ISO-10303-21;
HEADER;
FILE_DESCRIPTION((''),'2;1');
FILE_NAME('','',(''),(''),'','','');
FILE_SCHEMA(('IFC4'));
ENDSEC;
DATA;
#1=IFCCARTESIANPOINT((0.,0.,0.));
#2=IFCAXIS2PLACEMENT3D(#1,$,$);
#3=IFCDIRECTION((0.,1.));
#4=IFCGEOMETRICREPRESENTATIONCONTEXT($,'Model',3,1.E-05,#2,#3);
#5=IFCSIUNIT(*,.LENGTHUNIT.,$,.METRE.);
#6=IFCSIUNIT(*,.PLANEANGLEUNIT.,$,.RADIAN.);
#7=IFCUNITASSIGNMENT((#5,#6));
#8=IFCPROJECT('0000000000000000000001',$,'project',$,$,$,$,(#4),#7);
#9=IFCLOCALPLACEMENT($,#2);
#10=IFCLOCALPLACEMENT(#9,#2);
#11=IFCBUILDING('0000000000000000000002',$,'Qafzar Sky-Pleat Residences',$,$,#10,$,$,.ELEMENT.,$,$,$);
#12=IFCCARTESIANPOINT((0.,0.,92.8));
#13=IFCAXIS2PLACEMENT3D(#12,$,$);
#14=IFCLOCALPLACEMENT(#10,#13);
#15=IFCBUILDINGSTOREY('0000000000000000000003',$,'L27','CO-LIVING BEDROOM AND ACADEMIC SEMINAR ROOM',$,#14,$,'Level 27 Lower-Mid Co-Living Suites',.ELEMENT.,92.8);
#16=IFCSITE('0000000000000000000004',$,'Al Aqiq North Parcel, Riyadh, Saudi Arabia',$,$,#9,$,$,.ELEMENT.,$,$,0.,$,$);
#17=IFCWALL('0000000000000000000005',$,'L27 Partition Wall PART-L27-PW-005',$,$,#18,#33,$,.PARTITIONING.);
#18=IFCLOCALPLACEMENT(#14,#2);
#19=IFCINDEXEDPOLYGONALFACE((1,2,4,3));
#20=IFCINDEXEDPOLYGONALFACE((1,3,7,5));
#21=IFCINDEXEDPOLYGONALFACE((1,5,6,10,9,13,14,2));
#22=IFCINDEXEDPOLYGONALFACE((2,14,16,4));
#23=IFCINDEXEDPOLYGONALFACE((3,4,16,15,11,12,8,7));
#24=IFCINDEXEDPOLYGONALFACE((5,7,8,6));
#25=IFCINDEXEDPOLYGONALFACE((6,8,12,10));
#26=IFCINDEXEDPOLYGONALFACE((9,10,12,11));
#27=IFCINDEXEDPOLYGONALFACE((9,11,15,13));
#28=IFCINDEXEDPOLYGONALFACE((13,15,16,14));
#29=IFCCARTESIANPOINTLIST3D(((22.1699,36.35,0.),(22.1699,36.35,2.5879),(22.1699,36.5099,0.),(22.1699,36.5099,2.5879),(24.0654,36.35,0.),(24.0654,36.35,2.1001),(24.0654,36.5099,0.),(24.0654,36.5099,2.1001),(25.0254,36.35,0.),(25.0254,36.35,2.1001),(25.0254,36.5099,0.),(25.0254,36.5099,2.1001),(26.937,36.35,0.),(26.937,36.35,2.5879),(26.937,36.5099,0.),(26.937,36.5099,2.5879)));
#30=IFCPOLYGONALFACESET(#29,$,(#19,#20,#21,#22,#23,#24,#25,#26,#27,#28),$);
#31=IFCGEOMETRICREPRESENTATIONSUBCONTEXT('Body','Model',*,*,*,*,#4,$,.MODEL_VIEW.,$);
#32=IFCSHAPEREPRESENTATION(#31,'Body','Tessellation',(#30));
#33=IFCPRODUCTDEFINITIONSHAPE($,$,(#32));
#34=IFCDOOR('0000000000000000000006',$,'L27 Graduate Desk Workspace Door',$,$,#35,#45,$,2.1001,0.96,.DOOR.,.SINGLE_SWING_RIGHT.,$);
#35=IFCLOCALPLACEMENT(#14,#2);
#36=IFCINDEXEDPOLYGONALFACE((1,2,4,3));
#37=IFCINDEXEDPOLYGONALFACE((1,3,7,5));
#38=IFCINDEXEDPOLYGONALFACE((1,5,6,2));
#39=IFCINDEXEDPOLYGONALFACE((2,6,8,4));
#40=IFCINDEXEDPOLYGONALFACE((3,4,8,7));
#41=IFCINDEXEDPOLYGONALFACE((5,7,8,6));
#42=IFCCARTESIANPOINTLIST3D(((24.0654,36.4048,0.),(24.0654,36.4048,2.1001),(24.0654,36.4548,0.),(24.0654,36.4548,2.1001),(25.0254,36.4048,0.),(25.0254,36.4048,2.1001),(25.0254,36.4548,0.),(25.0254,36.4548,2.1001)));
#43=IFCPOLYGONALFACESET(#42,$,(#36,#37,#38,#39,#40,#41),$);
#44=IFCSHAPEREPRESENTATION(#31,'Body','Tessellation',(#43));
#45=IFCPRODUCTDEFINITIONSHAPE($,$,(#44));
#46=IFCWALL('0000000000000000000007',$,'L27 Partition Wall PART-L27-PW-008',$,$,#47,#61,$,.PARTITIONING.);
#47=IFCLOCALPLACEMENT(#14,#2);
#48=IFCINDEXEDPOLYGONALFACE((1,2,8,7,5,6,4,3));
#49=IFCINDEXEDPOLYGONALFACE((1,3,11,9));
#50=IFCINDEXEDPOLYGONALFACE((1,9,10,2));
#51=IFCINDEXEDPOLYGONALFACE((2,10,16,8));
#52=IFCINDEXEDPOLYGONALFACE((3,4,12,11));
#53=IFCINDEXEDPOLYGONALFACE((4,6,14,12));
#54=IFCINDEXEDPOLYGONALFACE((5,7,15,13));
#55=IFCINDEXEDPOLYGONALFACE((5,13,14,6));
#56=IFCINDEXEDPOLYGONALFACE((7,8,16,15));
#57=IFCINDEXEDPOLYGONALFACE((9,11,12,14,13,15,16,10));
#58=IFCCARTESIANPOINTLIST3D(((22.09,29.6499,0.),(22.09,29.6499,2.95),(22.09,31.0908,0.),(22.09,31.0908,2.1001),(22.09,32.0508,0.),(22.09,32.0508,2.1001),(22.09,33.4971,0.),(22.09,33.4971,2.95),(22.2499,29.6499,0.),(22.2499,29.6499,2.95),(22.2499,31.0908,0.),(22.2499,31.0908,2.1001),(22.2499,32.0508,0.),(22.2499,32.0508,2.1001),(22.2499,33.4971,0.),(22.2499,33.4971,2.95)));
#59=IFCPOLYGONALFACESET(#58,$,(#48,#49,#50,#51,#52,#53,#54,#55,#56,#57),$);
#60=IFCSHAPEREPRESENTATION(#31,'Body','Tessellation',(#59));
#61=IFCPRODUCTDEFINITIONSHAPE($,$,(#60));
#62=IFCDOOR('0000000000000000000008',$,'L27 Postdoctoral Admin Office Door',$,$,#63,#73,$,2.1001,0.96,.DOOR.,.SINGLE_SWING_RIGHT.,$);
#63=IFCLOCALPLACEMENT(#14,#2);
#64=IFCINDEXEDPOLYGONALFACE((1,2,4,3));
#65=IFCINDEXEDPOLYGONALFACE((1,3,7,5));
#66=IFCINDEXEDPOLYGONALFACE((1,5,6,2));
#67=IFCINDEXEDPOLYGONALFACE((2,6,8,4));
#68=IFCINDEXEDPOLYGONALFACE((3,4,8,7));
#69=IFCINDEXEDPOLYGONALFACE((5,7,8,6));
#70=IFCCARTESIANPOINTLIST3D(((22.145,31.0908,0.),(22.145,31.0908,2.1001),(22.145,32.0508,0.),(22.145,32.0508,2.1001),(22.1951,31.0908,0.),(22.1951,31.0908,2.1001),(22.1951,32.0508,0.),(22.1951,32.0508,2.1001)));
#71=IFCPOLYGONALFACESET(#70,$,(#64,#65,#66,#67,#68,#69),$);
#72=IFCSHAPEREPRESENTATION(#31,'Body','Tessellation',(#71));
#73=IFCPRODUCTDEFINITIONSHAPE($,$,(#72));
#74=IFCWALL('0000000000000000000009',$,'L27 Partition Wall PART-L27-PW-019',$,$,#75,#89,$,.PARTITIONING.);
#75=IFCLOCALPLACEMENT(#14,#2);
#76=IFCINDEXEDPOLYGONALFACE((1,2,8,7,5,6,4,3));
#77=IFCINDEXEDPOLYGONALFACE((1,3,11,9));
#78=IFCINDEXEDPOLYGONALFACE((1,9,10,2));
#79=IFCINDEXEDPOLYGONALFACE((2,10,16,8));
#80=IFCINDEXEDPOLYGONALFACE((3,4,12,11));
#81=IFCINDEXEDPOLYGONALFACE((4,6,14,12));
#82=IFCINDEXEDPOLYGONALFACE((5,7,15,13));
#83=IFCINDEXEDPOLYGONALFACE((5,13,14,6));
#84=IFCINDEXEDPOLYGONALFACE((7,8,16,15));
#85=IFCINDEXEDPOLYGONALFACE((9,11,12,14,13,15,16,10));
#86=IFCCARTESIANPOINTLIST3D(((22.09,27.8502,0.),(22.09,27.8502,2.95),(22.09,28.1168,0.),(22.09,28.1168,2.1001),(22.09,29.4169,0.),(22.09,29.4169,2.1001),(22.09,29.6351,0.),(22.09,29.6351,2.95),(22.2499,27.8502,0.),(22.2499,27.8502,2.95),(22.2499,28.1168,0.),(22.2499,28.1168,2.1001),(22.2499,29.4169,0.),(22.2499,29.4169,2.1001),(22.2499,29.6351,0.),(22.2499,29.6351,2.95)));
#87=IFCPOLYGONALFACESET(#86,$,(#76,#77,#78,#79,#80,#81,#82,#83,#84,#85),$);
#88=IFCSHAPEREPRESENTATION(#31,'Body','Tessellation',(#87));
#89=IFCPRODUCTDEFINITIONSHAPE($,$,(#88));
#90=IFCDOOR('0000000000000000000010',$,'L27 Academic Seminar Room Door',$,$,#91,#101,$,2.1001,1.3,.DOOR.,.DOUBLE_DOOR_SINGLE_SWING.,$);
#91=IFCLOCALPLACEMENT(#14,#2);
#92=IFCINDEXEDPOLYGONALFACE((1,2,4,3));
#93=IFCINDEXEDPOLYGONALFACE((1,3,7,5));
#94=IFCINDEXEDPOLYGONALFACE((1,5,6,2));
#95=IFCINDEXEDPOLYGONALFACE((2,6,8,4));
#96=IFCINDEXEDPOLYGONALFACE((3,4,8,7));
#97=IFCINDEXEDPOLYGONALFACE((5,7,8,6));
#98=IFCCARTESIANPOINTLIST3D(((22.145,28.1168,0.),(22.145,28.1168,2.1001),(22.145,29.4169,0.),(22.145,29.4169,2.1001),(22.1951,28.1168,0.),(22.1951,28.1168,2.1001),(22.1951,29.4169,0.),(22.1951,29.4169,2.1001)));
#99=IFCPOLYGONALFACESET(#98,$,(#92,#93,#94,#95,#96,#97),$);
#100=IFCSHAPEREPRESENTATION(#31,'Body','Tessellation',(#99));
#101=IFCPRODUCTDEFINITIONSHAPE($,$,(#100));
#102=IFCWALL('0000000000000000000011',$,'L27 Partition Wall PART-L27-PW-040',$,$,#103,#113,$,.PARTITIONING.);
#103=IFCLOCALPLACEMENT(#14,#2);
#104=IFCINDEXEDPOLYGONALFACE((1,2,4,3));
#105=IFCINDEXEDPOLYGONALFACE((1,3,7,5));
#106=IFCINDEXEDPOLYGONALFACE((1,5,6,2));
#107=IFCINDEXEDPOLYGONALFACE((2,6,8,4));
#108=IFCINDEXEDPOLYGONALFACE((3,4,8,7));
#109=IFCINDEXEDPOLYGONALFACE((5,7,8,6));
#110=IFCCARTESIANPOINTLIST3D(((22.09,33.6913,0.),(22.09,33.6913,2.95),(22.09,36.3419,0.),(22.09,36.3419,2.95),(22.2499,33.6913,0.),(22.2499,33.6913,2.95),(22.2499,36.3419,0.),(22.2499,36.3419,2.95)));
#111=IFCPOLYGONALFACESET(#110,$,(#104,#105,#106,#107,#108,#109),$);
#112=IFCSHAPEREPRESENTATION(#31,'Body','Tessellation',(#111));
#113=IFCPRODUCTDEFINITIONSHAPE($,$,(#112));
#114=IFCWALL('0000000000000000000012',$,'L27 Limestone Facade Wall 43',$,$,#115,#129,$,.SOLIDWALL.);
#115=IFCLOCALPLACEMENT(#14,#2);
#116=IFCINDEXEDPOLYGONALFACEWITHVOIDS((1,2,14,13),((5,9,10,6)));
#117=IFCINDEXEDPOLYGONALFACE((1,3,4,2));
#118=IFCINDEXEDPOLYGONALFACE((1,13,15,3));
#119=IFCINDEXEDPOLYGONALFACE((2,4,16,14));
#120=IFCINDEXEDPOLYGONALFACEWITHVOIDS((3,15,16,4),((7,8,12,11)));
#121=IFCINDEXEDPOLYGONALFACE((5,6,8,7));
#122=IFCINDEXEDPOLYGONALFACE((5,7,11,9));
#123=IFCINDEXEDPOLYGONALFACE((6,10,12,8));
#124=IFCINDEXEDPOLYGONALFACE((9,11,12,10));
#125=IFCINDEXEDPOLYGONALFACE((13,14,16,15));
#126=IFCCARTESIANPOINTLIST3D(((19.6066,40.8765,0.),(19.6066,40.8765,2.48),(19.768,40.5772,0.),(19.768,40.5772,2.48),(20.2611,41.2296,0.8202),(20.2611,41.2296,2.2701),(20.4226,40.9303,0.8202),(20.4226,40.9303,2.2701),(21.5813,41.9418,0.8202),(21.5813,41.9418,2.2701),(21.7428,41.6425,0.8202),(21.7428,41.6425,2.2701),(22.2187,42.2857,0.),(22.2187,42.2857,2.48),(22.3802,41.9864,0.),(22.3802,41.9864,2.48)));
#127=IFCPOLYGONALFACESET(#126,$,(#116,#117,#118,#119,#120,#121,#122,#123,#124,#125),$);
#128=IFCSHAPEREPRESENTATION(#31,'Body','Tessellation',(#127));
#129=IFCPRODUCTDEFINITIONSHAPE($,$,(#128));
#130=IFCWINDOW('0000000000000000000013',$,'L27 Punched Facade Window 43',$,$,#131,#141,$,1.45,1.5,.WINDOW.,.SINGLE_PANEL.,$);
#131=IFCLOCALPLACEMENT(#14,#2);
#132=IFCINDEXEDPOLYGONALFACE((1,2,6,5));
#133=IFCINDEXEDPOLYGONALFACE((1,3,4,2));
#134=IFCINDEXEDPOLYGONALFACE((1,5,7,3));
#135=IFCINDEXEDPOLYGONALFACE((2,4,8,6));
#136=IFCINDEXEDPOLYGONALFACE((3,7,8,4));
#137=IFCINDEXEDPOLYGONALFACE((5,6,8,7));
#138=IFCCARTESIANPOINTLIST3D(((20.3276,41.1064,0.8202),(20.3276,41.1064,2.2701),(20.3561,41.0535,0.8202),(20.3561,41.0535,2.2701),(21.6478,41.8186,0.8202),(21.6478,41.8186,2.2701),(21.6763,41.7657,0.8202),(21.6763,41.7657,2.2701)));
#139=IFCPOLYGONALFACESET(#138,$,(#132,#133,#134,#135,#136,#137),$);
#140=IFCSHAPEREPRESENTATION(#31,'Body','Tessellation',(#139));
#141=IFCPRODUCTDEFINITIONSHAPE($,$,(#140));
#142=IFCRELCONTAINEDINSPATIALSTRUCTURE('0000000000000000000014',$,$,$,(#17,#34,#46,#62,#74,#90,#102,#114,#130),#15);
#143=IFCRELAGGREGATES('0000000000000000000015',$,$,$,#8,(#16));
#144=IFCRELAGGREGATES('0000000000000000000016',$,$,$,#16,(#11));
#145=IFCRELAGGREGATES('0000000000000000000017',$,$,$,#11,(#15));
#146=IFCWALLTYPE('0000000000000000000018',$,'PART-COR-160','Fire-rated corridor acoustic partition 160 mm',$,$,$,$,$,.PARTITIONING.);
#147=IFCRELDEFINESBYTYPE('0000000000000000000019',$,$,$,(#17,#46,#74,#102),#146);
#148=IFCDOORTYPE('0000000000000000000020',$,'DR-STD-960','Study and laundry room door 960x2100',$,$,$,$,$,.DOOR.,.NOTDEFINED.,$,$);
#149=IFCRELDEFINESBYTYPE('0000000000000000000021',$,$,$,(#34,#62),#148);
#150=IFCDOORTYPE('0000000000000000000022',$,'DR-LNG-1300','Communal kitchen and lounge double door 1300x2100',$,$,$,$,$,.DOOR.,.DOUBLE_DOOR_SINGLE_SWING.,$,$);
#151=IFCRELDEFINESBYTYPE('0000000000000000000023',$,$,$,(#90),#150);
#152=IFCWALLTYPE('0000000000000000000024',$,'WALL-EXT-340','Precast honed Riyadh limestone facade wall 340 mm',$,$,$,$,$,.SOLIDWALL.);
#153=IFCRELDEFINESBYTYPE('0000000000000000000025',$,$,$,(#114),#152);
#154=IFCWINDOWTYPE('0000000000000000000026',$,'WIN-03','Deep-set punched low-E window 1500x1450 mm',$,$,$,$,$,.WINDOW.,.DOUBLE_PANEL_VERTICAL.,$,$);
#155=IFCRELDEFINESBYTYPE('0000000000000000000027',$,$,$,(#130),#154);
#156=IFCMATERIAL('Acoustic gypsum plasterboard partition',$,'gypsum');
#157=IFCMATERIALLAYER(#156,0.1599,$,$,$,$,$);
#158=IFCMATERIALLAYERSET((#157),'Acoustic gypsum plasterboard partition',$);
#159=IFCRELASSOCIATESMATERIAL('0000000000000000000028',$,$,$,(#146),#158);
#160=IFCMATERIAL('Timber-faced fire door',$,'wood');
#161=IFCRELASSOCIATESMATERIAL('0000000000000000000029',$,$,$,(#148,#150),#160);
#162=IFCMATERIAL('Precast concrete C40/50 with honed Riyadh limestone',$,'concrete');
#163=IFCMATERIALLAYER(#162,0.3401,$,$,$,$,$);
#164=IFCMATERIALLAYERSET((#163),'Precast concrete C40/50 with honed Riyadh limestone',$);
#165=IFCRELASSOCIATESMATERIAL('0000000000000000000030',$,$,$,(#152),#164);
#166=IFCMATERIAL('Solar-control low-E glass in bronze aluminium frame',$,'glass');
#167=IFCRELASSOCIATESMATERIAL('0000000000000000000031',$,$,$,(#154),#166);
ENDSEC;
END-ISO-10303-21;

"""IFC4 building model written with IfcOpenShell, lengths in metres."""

from ifc_helpers import new_model, si_unit, direction, frame, frame_2d, origin, place, context, subcontext, project, spatial, rectangle, extrude, source, transform, mapped, material, layer, layer_set, type_object, element, fill, save


model = new_model("IFC4")

# Units and contexts
model_context = context("Model", 3, precision=1e-05, world=origin(), true_north=direction((0.0, 1.0)))
body_context = subcontext(model_context, "Body", "Model", "MODEL_VIEW")
ifc_project = project(units=[si_unit("LENGTHUNIT", "METRE"), si_unit("PLANEANGLEUNIT", "RADIAN")], contexts=[model_context])

# Site, building, storey
site_placement = place(None, origin())
site = spatial("IfcSite", under=ifc_project, at=site_placement, Name="Al Aqiq North Parcel, Riyadh, Saudi Arabia", CompositionType="ELEMENT", RefElevation=0.0)
building_placement = place(site_placement, origin())
building = spatial("IfcBuilding", under=site, at=building_placement, Name="Qafzar Sky-Pleat Residences", CompositionType="ELEMENT")
storey_placement = place(building_placement, frame((0.0, 0.0, 92.8)))
storey = spatial("IfcBuildingStorey", under=building, at=storey_placement, Name="L27", Description="CO-LIVING BEDROOM AND ACADEMIC SEMINAR ROOM", LongName="Level 27 Lower-Mid Co-Living Suites", CompositionType="ELEMENT", Elevation=92.8)

# Walls, openings, doors
ifc_material_1 = material(Name="Acoustic gypsum plasterboard partition", Category="gypsum")
ifc_layer_1 = layer(ifc_material_1, 0.1599)
ifc_layer_set_1 = layer_set([ifc_layer_1], Name="Acoustic gypsum plasterboard partition")
wall_type_1 = type_object("IfcWallType", Name="PART-COR-160", Description="Fire-rated corridor acoustic partition 160 mm", PredefinedType="PARTITIONING", material=ifc_layer_set_1)
wall_1_placement = place(storey_placement, frame((22.1699, 36.4299, 0.0), z_axis=(0.0, 0.0, 1.0), x_axis=(1.0, 0.0, 0.0)))
wall_1 = element("IfcWall", 1, at=wall_1_placement, inside=storey, type_object=wall_type_1, Name="L27 Partition Wall PART-L27-PW-005", PredefinedType="PARTITIONING", context=body_context, shape_type="SweptSolid", body=[
    extrude(rectangle(XDim=4.7671, YDim=0.1599, at=frame_2d((2.3835, 0.0))), origin(), (0.0, 0.0, 1.0), 2.5879),
])
opening_1_placement = place(wall_1_placement, frame((1.8955, 0.0, 0.0)))
opening_1 = element("IfcOpeningElement", 2, at=opening_1_placement, cuts=wall_1, PredefinedType="OPENING", context=body_context, shape_type="SweptSolid", body=[
    extrude(rectangle(XDim=0.96, YDim=2.1001, at=frame_2d((0.48, 1.05))), frame((0.0, 0.0898, 0.0), z_axis=(0.0, -1.0, 0.0), x_axis=(1.0, 0.0, 0.0)), (0.0, 0.0, 1.0), 0.1799),
])
ifc_material_2 = material(Name="Timber-faced fire door", Category="wood")
door_type_1 = type_object("IfcDoorType", Name="DR-STD-960", Description="Study and laundry room door 960x2100", OperationType="NOTDEFINED", PredefinedType="DOOR", material=ifc_material_2)
shared_shape_1 = source(origin(), body_context, "Body", "SweptSolid", [
    extrude(rectangle(XDim=0.96, YDim=2.1001, at=frame_2d((0.48, 1.05))), frame((0.0, 0.0249, 0.0), z_axis=(0.0, -1.0, 0.0), x_axis=(1.0, 0.0, 0.0)), (0.0, 0.0, 1.0), 0.05),
])
door_1_placement = place(opening_1_placement, origin())
door_1 = element("IfcDoor", 3, at=door_1_placement, inside=storey, type_object=door_type_1, Name="L27 Graduate Desk Workspace Door", OperationType="SINGLE_SWING_RIGHT", OverallHeight=2.1001, OverallWidth=0.96, PredefinedType="DOOR", context=body_context, shape_type="MappedRepresentation", body=[
    mapped(shared_shape_1, transform((0.0, 0.0, 0.0), x_axis=(1.0, 0.0, 0.0), y_axis=(0.0, 1.0, 0.0), z_axis=(0.0, 0.0, 1.0), scale=1.0)),
])
fill(opening_1, door_1)
wall_2_placement = place(storey_placement, frame((22.1699, 29.6499, 0.0), z_axis=(0.0, 0.0, 1.0), x_axis=(0.0, 1.0, 0.0)))
wall_2 = element("IfcWall", 4, at=wall_2_placement, inside=storey, type_object=wall_type_1, Name="L27 Partition Wall PART-L27-PW-008", PredefinedType="PARTITIONING", context=body_context, shape_type="SweptSolid", body=[
    extrude(rectangle(XDim=3.8472, YDim=0.1599, at=frame_2d((1.9236, 0.0))), origin(), (0.0, 0.0, 1.0), 2.95),
])
opening_2_placement = place(wall_2_placement, frame((1.4409, 0.0, 0.0)))
opening_2 = element("IfcOpeningElement", 5, at=opening_2_placement, cuts=wall_2, PredefinedType="OPENING", context=body_context, shape_type="SweptSolid", body=[
    extrude(rectangle(XDim=0.96, YDim=2.1001, at=frame_2d((0.48, 1.05))), frame((0.0, 0.0898, 0.0), z_axis=(0.0, -1.0, 0.0), x_axis=(1.0, 0.0, 0.0)), (0.0, 0.0, 1.0), 0.1799),
])
door_2_placement = place(opening_2_placement, origin())
door_2 = element("IfcDoor", 6, at=door_2_placement, inside=storey, type_object=door_type_1, Name="L27 Postdoctoral Admin Office Door", OperationType="SINGLE_SWING_RIGHT", OverallHeight=2.1001, OverallWidth=0.96, PredefinedType="DOOR", context=body_context, shape_type="MappedRepresentation", body=[
    mapped(shared_shape_1, transform((0.0, 0.0, 0.0), x_axis=(1.0, 0.0, 0.0), y_axis=(0.0, 1.0, 0.0), z_axis=(0.0, 0.0, 1.0), scale=1.0)),
])
fill(opening_2, door_2)
wall_3_placement = place(storey_placement, frame((22.1699, 27.8501, 0.0), z_axis=(0.0, 0.0, 1.0), x_axis=(0.0, 1.0, 0.0)))
wall_3 = element("IfcWall", 7, at=wall_3_placement, inside=storey, type_object=wall_type_1, Name="L27 Partition Wall PART-L27-PW-019", PredefinedType="PARTITIONING", context=body_context, shape_type="SweptSolid", body=[
    extrude(rectangle(XDim=1.7849, YDim=0.1599, at=frame_2d((0.8926, 0.0))), origin(), (0.0, 0.0, 1.0), 2.95),
])
opening_3_placement = place(wall_3_placement, frame((0.2668, 0.0, 0.0)))
opening_3 = element("IfcOpeningElement", 8, at=opening_3_placement, cuts=wall_3, PredefinedType="OPENING", context=body_context, shape_type="SweptSolid", body=[
    extrude(rectangle(XDim=1.3, YDim=2.1001, at=frame_2d((0.6499, 1.05))), frame((0.0, 0.0898, 0.0), z_axis=(0.0, -1.0, 0.0), x_axis=(1.0, 0.0, 0.0)), (0.0, 0.0, 1.0), 0.1799),
])
door_type_2 = type_object("IfcDoorType", Name="DR-LNG-1300", Description="Communal kitchen and lounge double door 1300x2100", OperationType="DOUBLE_DOOR_SINGLE_SWING", PredefinedType="DOOR", material=ifc_material_2)
shared_shape_2 = source(origin(), body_context, "Body", "SweptSolid", [
    extrude(rectangle(XDim=1.3, YDim=2.1001, at=frame_2d((0.6499, 1.05))), frame((0.0, 0.0249, 0.0), z_axis=(0.0, -1.0, 0.0), x_axis=(1.0, 0.0, 0.0)), (0.0, 0.0, 1.0), 0.05),
])
door_3_placement = place(opening_3_placement, origin())
door_3 = element("IfcDoor", 9, at=door_3_placement, inside=storey, type_object=door_type_2, Name="L27 Academic Seminar Room Door", OperationType="DOUBLE_DOOR_SINGLE_SWING", OverallHeight=2.1001, OverallWidth=1.3, PredefinedType="DOOR", context=body_context, shape_type="MappedRepresentation", body=[
    mapped(shared_shape_2, transform((0.0, 0.0, 0.0), x_axis=(1.0, 0.0, 0.0), y_axis=(0.0, 1.0, 0.0), z_axis=(0.0, 0.0, 1.0), scale=1.0)),
])
fill(opening_3, door_3)

# Wall
wall_4_placement = place(storey_placement, frame((22.1699, 33.6914, 0.0), z_axis=(0.0, 0.0, 1.0), x_axis=(0.0, 1.0, 0.0)))
element("IfcWall", 10, at=wall_4_placement, inside=storey, type_object=wall_type_1, Name="L27 Partition Wall PART-L27-PW-040", PredefinedType="PARTITIONING", context=body_context, shape_type="SweptSolid", body=[
    extrude(rectangle(XDim=2.6506, YDim=0.1599, at=frame_2d((1.3252, 0.0))), origin(), (0.0, 0.0, 1.0), 2.95),
])

# Wall, opening, window
ifc_material_3 = material(Name="Precast concrete C40/50 with honed Riyadh limestone", Category="concrete")
ifc_layer_2 = layer(ifc_material_3, 0.3401)
ifc_layer_set_2 = layer_set([ifc_layer_2], Name="Precast concrete C40/50 with honed Riyadh limestone")
wall_type_2 = type_object("IfcWallType", Name="WALL-EXT-340", Description="Precast honed Riyadh limestone facade wall 340 mm", PredefinedType="SOLIDWALL", material=ifc_layer_set_2)
wall_5_placement = place(storey_placement, frame((22.2993, 42.136, 0.0), z_axis=(0.0, 0.0, 1.0), x_axis=(-0.880093, -0.474801, 0.0)))
wall_5 = element("IfcWall", 11, at=wall_5_placement, inside=storey, type_object=wall_type_2, Name="L27 Limestone Facade Wall 43", PredefinedType="SOLIDWALL", context=body_context, shape_type="SweptSolid", body=[
    extrude(rectangle(XDim=2.968, YDim=0.3401, at=frame_2d((1.4839, 0.0))), origin(), (0.0, 0.0, 1.0), 2.48),
])
opening_4_placement = place(wall_5_placement, frame((0.7241, 0.0, 0.8201)))
opening_4 = element("IfcOpeningElement", 12, at=opening_4_placement, cuts=wall_5, PredefinedType="OPENING", context=body_context, shape_type="SweptSolid", body=[
    extrude(rectangle(XDim=1.5, YDim=1.45, at=frame_2d((0.75, 0.7251))), frame((0.0, 0.1802, 0.0), z_axis=(0.0, -1.0, 0.0), x_axis=(1.0, 0.0, 0.0)), (0.0, 0.0, 1.0), 0.3601),
])
ifc_material_4 = material(Name="Solar-control low-E glass in bronze aluminium frame", Category="glass")
window_type_1 = type_object("IfcWindowType", Name="WIN-03", Description="Deep-set punched low-E window 1500x1450 mm", PartitioningType="DOUBLE_PANEL_VERTICAL", PredefinedType="WINDOW", material=ifc_material_4)
shared_shape_3 = source(origin(), body_context, "Body", "SweptSolid", [
    extrude(rectangle(XDim=1.5, YDim=1.45, at=frame_2d((0.75, 0.7251))), frame((0.0, 0.03, 0.0), z_axis=(0.0, -1.0, 0.0), x_axis=(1.0, 0.0, 0.0)), (0.0, 0.0, 1.0), 0.0601),
])
window_1_placement = place(opening_4_placement, origin())
window_1 = element("IfcWindow", 13, at=window_1_placement, inside=storey, type_object=window_type_1, Name="L27 Punched Facade Window 43", OverallHeight=1.45, OverallWidth=1.5, PartitioningType="SINGLE_PANEL", PredefinedType="WINDOW", context=body_context, shape_type="MappedRepresentation", body=[
    mapped(shared_shape_3, transform((0.0, 0.0, 0.0), x_axis=(1.0, 0.0, 0.0), y_axis=(0.0, 1.0, 0.0), z_axis=(0.0, 0.0, 1.0), scale=1.0)),
])
fill(opening_4, window_1)

save(model, "model.ifc")
